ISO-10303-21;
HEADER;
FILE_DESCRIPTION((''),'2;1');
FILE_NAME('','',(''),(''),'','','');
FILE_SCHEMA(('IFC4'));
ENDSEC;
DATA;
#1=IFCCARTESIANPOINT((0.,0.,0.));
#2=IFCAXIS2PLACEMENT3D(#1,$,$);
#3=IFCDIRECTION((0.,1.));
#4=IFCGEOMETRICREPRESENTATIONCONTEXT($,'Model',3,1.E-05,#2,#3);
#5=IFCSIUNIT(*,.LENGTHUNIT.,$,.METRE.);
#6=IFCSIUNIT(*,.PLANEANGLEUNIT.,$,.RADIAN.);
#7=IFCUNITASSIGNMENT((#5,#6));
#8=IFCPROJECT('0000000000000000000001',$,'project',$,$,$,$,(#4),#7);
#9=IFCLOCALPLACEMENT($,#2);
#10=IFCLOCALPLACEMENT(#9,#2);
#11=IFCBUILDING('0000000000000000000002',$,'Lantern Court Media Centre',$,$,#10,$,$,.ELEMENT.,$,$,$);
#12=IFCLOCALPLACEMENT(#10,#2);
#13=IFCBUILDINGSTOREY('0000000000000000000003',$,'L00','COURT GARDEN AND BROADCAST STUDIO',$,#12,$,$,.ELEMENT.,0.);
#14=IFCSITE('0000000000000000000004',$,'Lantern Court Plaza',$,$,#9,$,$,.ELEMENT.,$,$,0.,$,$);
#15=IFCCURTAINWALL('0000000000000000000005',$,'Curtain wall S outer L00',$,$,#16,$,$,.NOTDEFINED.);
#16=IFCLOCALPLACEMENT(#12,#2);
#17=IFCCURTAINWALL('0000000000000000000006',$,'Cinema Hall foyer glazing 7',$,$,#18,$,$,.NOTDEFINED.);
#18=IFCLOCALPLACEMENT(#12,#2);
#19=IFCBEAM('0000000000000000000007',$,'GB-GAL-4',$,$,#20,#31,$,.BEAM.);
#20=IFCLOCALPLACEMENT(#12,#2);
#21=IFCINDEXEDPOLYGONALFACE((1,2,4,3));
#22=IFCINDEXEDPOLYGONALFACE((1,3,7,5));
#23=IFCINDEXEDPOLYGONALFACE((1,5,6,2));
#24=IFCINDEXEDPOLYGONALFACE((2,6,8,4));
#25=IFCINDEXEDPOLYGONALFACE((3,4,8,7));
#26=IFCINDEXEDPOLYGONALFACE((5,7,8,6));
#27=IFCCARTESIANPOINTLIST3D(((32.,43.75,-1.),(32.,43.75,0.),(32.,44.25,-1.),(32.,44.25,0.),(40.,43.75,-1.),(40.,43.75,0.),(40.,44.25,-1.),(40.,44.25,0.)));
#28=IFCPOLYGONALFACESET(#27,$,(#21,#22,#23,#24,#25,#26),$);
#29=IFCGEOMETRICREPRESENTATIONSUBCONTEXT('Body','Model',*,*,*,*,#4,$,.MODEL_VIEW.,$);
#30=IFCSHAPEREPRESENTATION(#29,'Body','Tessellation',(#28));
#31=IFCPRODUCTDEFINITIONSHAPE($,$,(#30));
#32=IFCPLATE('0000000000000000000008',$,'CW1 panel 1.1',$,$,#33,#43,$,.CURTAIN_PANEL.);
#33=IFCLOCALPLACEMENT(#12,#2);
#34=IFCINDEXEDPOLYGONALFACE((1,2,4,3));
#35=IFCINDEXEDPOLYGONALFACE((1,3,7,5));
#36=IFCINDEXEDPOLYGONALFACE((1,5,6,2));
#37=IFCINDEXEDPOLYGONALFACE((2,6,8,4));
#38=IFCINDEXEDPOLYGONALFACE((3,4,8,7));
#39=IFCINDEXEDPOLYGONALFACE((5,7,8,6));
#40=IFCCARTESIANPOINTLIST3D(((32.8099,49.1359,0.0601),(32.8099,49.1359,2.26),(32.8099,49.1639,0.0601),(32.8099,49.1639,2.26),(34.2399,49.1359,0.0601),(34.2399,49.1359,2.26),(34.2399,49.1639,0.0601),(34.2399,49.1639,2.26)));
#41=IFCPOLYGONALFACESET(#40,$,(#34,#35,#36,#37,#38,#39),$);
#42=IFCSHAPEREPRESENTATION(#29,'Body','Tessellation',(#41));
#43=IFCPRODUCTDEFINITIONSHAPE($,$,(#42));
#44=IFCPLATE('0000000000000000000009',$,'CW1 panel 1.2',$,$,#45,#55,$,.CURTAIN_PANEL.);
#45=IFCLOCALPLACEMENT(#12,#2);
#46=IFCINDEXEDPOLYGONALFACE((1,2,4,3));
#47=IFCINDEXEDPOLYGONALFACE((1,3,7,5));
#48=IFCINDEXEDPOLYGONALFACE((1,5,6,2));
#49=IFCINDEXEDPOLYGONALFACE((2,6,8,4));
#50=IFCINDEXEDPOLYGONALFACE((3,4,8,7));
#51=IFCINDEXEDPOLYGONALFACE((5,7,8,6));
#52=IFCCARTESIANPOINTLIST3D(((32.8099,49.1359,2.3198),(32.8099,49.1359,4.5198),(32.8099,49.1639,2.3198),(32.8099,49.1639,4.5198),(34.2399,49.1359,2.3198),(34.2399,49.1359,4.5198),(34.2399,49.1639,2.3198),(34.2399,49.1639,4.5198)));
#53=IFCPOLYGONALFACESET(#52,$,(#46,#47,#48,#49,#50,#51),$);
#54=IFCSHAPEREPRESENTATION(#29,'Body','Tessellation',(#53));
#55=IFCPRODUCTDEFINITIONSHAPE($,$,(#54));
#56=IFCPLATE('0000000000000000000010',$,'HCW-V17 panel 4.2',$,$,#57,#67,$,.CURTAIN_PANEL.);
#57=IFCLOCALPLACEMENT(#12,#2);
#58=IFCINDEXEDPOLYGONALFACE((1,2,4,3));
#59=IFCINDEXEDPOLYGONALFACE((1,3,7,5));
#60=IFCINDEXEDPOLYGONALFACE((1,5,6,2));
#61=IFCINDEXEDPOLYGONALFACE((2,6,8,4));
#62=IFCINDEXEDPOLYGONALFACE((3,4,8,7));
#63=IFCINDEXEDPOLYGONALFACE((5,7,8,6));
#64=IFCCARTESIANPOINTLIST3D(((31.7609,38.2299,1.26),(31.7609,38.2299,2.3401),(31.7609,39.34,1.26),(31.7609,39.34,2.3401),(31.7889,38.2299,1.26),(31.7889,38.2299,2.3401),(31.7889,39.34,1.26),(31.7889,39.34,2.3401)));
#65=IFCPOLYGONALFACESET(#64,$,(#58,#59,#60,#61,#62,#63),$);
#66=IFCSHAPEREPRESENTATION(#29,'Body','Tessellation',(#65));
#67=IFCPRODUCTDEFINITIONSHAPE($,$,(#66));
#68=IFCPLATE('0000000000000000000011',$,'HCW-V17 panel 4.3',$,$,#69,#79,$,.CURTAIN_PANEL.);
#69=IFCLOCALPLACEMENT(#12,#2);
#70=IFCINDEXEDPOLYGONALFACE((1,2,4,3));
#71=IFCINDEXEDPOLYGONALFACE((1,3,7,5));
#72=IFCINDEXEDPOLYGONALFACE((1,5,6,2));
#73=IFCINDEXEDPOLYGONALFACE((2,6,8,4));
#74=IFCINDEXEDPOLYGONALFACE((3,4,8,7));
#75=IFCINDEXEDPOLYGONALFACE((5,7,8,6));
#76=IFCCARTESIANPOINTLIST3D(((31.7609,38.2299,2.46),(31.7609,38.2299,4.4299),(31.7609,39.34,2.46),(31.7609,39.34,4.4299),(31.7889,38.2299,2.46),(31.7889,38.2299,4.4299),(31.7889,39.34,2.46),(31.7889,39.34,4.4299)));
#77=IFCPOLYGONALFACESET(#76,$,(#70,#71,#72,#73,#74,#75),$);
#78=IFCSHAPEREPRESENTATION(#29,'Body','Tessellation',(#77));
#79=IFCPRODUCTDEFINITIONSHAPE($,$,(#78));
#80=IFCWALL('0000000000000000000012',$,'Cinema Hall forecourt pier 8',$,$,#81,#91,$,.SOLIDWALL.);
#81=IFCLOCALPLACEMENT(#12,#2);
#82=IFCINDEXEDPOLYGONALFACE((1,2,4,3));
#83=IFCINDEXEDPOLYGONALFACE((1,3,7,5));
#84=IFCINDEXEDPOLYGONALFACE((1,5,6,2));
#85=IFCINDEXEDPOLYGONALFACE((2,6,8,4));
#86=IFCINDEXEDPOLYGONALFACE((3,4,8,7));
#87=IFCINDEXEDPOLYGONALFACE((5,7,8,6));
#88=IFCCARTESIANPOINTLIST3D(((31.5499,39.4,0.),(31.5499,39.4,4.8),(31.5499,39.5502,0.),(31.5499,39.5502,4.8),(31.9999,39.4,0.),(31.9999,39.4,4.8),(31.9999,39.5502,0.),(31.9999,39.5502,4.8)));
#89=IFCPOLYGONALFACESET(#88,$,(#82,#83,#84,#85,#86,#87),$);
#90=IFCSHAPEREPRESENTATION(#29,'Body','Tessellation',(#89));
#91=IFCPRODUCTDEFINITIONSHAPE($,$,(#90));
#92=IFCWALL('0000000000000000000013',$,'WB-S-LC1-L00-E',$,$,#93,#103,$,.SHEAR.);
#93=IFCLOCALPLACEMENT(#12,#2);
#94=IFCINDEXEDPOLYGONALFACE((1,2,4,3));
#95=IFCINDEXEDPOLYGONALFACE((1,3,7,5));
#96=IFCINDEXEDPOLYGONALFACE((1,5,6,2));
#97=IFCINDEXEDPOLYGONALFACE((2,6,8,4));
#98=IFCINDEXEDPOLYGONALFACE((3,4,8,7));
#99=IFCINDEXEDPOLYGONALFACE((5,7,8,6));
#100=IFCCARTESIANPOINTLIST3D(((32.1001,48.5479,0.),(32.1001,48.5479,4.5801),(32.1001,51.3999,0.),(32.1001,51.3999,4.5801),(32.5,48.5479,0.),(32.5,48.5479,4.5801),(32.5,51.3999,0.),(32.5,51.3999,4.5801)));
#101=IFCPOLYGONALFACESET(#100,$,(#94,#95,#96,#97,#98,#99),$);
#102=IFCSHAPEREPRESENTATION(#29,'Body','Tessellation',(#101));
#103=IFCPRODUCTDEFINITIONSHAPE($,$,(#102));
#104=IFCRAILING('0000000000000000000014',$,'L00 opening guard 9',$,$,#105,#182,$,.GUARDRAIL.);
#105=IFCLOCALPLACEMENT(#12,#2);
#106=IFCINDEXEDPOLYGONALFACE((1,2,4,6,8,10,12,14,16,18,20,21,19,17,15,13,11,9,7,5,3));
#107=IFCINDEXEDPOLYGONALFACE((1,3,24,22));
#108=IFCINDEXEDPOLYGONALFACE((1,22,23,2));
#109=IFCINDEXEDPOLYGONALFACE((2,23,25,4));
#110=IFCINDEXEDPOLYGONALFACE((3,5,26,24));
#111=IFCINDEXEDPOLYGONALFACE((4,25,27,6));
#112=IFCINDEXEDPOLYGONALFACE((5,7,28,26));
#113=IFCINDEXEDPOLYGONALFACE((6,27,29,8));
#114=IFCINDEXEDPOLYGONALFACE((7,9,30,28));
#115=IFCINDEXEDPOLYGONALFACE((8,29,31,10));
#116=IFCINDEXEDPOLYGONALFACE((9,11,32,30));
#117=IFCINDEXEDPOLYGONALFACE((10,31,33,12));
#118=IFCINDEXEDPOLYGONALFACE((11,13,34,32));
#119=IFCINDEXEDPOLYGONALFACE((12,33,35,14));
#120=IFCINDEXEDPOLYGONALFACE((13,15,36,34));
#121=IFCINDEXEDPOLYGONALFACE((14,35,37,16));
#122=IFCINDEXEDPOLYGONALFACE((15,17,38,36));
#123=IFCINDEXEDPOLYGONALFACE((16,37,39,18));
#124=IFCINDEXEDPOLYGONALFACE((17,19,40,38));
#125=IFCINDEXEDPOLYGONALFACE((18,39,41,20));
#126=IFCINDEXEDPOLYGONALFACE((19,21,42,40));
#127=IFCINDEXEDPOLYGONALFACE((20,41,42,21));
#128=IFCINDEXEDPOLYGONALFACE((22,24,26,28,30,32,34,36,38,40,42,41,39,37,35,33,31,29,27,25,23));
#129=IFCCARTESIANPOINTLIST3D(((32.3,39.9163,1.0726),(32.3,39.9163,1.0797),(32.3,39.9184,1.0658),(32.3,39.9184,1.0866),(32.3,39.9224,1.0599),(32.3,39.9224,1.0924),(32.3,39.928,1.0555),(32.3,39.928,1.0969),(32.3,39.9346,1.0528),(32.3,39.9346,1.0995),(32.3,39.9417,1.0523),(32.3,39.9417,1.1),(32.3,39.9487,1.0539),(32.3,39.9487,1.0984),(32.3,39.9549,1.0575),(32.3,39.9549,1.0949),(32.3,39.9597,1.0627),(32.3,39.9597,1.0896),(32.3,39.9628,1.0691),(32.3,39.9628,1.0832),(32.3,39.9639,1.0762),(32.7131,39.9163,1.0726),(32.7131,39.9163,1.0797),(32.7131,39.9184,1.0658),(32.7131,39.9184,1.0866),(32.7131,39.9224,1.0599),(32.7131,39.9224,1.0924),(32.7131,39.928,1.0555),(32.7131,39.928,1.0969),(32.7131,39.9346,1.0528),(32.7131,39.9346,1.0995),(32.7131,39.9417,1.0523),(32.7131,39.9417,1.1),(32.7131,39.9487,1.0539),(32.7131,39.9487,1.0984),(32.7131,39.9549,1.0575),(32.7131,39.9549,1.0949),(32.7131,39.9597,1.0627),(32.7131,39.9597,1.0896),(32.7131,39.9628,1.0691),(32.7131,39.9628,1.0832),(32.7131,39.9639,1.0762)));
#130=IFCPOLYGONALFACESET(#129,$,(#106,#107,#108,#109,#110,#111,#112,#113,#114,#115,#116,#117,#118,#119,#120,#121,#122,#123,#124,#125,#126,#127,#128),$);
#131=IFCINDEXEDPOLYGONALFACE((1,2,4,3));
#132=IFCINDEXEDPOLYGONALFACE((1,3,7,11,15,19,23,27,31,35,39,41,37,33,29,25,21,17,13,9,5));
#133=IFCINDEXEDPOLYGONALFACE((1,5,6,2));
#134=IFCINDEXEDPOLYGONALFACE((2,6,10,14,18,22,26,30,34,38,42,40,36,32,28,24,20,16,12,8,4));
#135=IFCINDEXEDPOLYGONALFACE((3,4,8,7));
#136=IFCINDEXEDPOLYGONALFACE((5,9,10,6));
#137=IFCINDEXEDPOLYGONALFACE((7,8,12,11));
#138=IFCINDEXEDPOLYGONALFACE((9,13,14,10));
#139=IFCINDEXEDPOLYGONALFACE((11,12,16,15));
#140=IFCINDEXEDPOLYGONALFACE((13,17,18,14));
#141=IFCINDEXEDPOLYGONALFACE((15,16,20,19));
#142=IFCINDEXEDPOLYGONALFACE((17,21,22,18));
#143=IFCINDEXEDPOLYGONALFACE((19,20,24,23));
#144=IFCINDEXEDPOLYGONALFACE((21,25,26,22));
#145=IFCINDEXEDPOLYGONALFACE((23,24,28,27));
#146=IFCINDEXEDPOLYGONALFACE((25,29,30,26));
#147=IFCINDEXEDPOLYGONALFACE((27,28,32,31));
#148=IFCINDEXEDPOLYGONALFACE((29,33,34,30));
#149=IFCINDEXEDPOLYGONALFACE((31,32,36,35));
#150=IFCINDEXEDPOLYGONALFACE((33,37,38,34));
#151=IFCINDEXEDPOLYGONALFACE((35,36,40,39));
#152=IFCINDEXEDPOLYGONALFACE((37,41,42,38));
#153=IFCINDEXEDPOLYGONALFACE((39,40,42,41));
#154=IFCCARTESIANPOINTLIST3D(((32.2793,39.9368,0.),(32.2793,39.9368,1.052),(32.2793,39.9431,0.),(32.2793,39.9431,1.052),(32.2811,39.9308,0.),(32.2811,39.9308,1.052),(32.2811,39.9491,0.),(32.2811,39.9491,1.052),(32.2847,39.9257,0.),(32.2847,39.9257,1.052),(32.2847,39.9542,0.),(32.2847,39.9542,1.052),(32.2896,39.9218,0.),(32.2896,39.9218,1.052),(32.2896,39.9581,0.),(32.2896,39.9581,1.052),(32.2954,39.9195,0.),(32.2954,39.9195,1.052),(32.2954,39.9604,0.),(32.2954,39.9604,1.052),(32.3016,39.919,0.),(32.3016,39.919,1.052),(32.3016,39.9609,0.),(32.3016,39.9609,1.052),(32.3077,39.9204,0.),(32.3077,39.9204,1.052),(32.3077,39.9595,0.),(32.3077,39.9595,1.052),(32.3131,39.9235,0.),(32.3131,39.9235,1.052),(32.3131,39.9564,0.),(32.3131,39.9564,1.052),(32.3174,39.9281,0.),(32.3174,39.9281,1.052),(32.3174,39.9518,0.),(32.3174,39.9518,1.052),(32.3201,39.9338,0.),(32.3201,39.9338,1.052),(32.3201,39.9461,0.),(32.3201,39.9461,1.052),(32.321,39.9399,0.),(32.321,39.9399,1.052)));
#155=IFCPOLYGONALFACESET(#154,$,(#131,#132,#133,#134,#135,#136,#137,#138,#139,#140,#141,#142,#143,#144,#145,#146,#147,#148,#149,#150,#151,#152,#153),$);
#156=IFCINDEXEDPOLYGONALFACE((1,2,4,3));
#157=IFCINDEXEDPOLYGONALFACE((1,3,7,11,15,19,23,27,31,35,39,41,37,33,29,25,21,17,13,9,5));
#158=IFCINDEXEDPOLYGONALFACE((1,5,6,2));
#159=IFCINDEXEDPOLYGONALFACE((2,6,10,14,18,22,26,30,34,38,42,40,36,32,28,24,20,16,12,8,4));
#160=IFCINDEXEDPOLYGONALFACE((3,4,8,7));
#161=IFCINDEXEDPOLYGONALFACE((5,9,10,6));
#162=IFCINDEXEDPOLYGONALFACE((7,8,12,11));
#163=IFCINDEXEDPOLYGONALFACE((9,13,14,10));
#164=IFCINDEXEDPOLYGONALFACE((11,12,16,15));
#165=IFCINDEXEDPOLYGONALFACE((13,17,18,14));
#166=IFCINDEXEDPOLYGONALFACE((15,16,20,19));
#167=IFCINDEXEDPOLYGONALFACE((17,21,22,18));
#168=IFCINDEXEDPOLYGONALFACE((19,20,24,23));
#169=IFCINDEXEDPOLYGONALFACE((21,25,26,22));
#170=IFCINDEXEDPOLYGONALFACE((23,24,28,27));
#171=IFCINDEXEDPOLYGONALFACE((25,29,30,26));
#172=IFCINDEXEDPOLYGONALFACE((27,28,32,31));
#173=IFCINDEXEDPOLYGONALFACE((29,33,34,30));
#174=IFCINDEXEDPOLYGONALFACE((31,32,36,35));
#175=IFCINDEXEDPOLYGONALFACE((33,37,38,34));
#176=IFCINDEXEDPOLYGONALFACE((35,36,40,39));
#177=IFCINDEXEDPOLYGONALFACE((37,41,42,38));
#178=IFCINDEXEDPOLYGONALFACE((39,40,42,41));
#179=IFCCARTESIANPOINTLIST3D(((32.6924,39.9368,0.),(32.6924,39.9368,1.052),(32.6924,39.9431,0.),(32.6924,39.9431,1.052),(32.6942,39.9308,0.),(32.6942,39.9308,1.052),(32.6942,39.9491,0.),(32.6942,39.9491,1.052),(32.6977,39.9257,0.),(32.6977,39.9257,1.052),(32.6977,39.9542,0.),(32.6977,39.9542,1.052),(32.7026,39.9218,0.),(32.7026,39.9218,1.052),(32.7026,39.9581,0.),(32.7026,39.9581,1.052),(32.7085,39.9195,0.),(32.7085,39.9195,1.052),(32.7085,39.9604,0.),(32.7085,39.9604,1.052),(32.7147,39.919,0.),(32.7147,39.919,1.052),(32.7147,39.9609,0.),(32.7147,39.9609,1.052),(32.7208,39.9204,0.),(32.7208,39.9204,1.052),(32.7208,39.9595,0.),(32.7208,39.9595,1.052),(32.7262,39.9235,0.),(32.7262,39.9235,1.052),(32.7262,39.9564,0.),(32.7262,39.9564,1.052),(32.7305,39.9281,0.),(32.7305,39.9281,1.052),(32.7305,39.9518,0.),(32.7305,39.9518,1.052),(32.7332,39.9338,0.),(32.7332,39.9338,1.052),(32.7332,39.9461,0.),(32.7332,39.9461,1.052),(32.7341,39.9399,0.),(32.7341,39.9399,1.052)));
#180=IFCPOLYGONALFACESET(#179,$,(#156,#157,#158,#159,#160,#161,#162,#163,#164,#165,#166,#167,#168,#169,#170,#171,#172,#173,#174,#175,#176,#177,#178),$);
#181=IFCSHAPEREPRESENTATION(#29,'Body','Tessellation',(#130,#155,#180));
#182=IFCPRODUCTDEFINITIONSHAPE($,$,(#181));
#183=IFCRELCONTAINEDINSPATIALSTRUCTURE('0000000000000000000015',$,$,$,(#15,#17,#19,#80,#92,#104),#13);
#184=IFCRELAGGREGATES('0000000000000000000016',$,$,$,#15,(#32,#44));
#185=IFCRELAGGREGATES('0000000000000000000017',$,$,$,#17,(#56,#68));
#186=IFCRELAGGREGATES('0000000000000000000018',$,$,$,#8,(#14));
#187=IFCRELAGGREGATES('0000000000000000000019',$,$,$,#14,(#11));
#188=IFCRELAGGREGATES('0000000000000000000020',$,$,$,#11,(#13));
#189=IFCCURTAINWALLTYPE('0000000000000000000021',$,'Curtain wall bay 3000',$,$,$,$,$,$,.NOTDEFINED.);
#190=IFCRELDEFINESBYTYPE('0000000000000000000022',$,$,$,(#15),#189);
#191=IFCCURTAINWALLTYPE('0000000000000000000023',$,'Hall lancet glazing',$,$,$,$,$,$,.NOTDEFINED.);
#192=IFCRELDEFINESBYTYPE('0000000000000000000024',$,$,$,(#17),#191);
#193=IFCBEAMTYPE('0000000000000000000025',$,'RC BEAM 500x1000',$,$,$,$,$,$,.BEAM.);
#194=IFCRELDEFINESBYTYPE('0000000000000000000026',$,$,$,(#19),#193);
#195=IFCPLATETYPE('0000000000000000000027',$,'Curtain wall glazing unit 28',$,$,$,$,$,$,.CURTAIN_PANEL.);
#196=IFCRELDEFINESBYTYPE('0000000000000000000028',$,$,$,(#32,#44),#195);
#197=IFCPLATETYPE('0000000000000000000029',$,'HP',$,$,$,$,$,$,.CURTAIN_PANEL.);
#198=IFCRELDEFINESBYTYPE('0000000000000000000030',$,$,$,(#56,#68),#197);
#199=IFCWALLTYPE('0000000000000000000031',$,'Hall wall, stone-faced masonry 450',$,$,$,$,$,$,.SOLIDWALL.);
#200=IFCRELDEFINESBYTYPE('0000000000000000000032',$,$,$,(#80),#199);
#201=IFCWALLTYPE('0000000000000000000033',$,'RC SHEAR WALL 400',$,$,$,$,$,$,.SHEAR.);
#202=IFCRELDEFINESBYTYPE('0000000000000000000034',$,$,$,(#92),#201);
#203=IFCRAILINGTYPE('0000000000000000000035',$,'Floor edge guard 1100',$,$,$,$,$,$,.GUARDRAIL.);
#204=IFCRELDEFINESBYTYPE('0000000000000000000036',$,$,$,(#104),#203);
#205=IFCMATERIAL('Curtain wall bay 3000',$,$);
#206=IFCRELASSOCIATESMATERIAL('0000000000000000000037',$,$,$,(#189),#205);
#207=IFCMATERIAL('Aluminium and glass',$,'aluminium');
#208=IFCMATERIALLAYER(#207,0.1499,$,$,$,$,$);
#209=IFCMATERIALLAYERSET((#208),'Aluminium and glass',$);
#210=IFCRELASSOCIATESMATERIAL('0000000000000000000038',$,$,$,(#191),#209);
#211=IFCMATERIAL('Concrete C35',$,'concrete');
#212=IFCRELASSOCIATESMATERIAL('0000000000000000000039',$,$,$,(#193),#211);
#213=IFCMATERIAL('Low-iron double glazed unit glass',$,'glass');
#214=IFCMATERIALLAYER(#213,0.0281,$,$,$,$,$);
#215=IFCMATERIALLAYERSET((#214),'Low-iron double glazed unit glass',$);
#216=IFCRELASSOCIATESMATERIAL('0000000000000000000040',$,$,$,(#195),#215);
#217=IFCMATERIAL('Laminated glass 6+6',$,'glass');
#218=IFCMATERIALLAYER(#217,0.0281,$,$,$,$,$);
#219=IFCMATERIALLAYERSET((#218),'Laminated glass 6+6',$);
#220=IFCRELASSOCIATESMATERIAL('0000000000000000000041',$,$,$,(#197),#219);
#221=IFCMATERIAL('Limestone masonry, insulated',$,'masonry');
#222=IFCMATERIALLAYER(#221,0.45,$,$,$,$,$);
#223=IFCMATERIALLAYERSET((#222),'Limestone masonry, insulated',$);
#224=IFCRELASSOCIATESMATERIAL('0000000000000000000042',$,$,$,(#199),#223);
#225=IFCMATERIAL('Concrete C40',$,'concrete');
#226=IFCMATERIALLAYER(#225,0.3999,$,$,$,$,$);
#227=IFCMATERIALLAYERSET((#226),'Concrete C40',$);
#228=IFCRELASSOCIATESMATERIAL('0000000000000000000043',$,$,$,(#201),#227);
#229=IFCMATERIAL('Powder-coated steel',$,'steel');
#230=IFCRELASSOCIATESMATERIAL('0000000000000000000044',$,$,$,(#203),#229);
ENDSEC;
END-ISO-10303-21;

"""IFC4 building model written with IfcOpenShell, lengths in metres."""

from ifc_helpers import new_model, si_unit, direction, frame, frame_2d, origin, origin_2d, place, context, subcontext, project, spatial, rectangle, circle, extrude, material, layer, layer_set, material_profile, profile_set, type_object, element, aggregate, save


model = new_model("IFC4")

# Units and contexts
model_context = context("Model", 3, precision=1e-05, world=origin(), true_north=direction((0.0, 1.0)))
body_context = subcontext(model_context, "Body", "Model", "MODEL_VIEW")
ifc_project = project(units=[si_unit("LENGTHUNIT", "METRE"), si_unit("PLANEANGLEUNIT", "RADIAN")], contexts=[model_context])

# Site, building, storey
site_placement = place(None, origin())
site = spatial("IfcSite", under=ifc_project, at=site_placement, Name="Lantern Court Plaza", CompositionType="ELEMENT", RefElevation=0.0)
building_placement = place(site_placement, origin())
building = spatial("IfcBuilding", under=site, at=building_placement, Name="Lantern Court Media Centre", CompositionType="ELEMENT")
storey_placement = place(building_placement, origin())
storey = spatial("IfcBuildingStorey", under=building, at=storey_placement, Name="L00", Description="COURT GARDEN AND BROADCAST STUDIO", CompositionType="ELEMENT", Elevation=0.0)

# Shared definitions
ifc_material_1 = material(Name="Concrete C35", Category="concrete")

# Curtain wall
ifc_material_2 = material(Name="Curtain wall bay 3000")
curtain_wall_type_1 = type_object("IfcCurtainWallType", Name="Curtain wall bay 3000", PredefinedType="NOTDEFINED", material=ifc_material_2)
curtain_wall_1_placement = place(storey_placement, origin())
curtain_wall_1 = element("IfcCurtainWall", 1, at=curtain_wall_1_placement, inside=storey, type_object=curtain_wall_type_1, Name="Curtain wall S outer L00", PredefinedType="NOTDEFINED")

# Curtain wall
ifc_material_3 = material(Name="Aluminium and glass", Category="aluminium")
ifc_layer_1 = layer(ifc_material_3, 0.1499)
ifc_layer_set_1 = layer_set([ifc_layer_1], Name="Aluminium and glass")
curtain_wall_type_2 = type_object("IfcCurtainWallType", Name="Hall lancet glazing", PredefinedType="NOTDEFINED", material=ifc_layer_set_1)
curtain_wall_2_placement = place(storey_placement, origin())
curtain_wall_2 = element("IfcCurtainWall", 2, at=curtain_wall_2_placement, inside=storey, type_object=curtain_wall_type_2, Name="Cinema Hall foyer glazing 7", PredefinedType="NOTDEFINED")

# Beam
ifc_material_profile_1 = material_profile(ifc_material_1, rectangle(XDim=0.5, YDim=1.0, at=origin_2d()), Name="RC 500x1000")
ifc_profile_set_1 = profile_set([ifc_material_profile_1], Name="Concrete C35")
beam_type_1 = type_object("IfcBeamType", Name="RC BEAM 500x1000", PredefinedType="BEAM", material=ifc_profile_set_1)
beam_1_placement = place(storey_placement, frame((32.0, 44.0, -0.5), z_axis=(1.0, 0.0, 0.0), x_axis=(0.0, 1.0, 0.0)))
element("IfcBeam", 3, at=beam_1_placement, inside=storey, type_object=beam_type_1, Name="GB-GAL-4", PredefinedType="BEAM", context=body_context, shape_type="SweptSolid", body=[
    extrude(rectangle(XDim=0.5, YDim=1.0, at=origin_2d()), origin(), (0.0, 0.0, 1.0), 8.0),
])

# Plates
ifc_material_4 = material(Name="Low-iron double glazed unit glass", Category="glass")
ifc_layer_2 = layer(ifc_material_4, 0.0281)
ifc_layer_set_2 = layer_set([ifc_layer_2], Name="Low-iron double glazed unit glass")
plate_type_1 = type_object("IfcPlateType", Name="Curtain wall glazing unit 28", PredefinedType="CURTAIN_PANEL", material=ifc_layer_set_2)
plate_1_placement = place(storey_placement, frame((33.5249, 49.1499, 0.0601), z_axis=(0.0, 0.0, 1.0), x_axis=(1.0, 0.0, 0.0)))
plate_1 = element("IfcPlate", 4, at=plate_1_placement, type_object=plate_type_1, Name="CW1 panel 1.1", PredefinedType="CURTAIN_PANEL", context=body_context, shape_type="SweptSolid", body=[
    extrude(rectangle(XDim=1.4299, YDim=0.0281, at=origin_2d()), origin(), (0.0, 0.0, 1.0), 2.2),
])
plate_2_placement = place(storey_placement, frame((33.5249, 49.1499, 2.3198), z_axis=(0.0, 0.0, 1.0), x_axis=(1.0, 0.0, 0.0)))
plate_2 = element("IfcPlate", 5, at=plate_2_placement, type_object=plate_type_1, Name="CW1 panel 1.2", PredefinedType="CURTAIN_PANEL", context=body_context, shape_type="SweptSolid", body=[
    extrude(rectangle(XDim=1.4299, YDim=0.0281, at=origin_2d()), origin(), (0.0, 0.0, 1.0), 2.2),
])
aggregate(curtain_wall_1, [plate_1, plate_2])
ifc_material_5 = material(Name="Laminated glass 6+6", Category="glass")
ifc_layer_3 = layer(ifc_material_5, 0.0281)
ifc_layer_set_3 = layer_set([ifc_layer_3], Name="Laminated glass 6+6")
plate_type_2 = type_object("IfcPlateType", Name="HP", PredefinedType="CURTAIN_PANEL", material=ifc_layer_set_3)
plate_3_placement = place(storey_placement, frame((31.7749, 38.7849, 1.26), z_axis=(0.0, 0.0, 1.0), x_axis=(0.0, 1.0, 0.0)))
plate_3 = element("IfcPlate", 6, at=plate_3_placement, type_object=plate_type_2, Name="HCW-V17 panel 4.2", PredefinedType="CURTAIN_PANEL", context=body_context, shape_type="SweptSolid", body=[
    extrude(rectangle(XDim=1.1101, YDim=0.0281, at=origin_2d()), origin(), (0.0, 0.0, 1.0), 1.0801),
])
plate_4_placement = place(storey_placement, frame((31.7749, 38.7849, 2.46), z_axis=(0.0, 0.0, 1.0), x_axis=(0.0, 1.0, 0.0)))
plate_4 = element("IfcPlate", 7, at=plate_4_placement, type_object=plate_type_2, Name="HCW-V17 panel 4.3", PredefinedType="CURTAIN_PANEL", context=body_context, shape_type="SweptSolid", body=[
    extrude(rectangle(XDim=1.1101, YDim=0.0281, at=origin_2d()), origin(), (0.0, 0.0, 1.0), 1.97),
])
aggregate(curtain_wall_2, [plate_3, plate_4])

# Walls
ifc_material_6 = material(Name="Limestone masonry, insulated", Category="masonry")
ifc_layer_4 = layer(ifc_material_6, 0.45)
ifc_layer_set_4 = layer_set([ifc_layer_4], Name="Limestone masonry, insulated")
wall_type_1 = type_object("IfcWallType", Name="Hall wall, stone-faced masonry 450", PredefinedType="SOLIDWALL", material=ifc_layer_set_4)
wall_1_placement = place(storey_placement, frame((31.7749, 39.3999, 0.0), z_axis=(0.0, 0.0, 1.0), x_axis=(0.0, 1.0, 0.0)))
element("IfcWall", 8, at=wall_1_placement, inside=storey, type_object=wall_type_1, Name="Cinema Hall forecourt pier 8", PredefinedType="SOLIDWALL", context=body_context, shape_type="SweptSolid", body=[
    extrude(rectangle(XDim=0.1501, YDim=0.45, at=frame_2d((0.0752, 0.0))), origin(), (0.0, 0.0, 1.0), 4.8),
])
ifc_material_7 = material(Name="Concrete C40", Category="concrete")
ifc_layer_5 = layer(ifc_material_7, 0.3999)
ifc_layer_set_5 = layer_set([ifc_layer_5], Name="Concrete C40")
wall_type_2 = type_object("IfcWallType", Name="RC SHEAR WALL 400", PredefinedType="SHEAR", material=ifc_layer_set_5)
wall_2_placement = place(storey_placement, frame((32.3, 48.5479, 0.0), z_axis=(0.0, 0.0, 1.0), x_axis=(0.0, 1.0, 0.0)))
element("IfcWall", 9, at=wall_2_placement, inside=storey, type_object=wall_type_2, Name="WB-S-LC1-L00-E", PredefinedType="SHEAR", context=body_context, shape_type="SweptSolid", body=[
    extrude(rectangle(XDim=2.8521, YDim=0.3999, at=frame_2d((1.426, 0.0))), origin(), (0.0, 0.0, 1.0), 4.5801),
])

# Railing
ifc_material_8 = material(Name="Powder-coated steel", Category="steel")
railing_type = type_object("IfcRailingType", Name="Floor edge guard 1100", PredefinedType="GUARDRAIL", material=ifc_material_8)
railing_1_placement = place(storey_placement, frame((32.3, 39.9399, 0.0)))
element("IfcRailing", 10, at=railing_1_placement, inside=storey, type_object=railing_type, Name="L00 opening guard 9", PredefinedType="GUARDRAIL", context=body_context, shape_type="SweptSolid", body=[
    extrude(circle(Radius=0.0239, at=origin_2d()), frame((0.0, 0.0, 1.0762), z_axis=(1.0, 0.0, 0.0), x_axis=(0.0, 1.0, 0.0)), (0.0, 0.0, 1.0), 0.4131),
    extrude(circle(Radius=0.021, at=origin_2d()), origin(), (0.0, 0.0, 1.0), 1.052),
    extrude(circle(Radius=0.021, at=origin_2d()), frame((0.4131, 0.0, 0.0)), (0.0, 0.0, 1.0), 1.052),
])

save(model, "model.ifc")
